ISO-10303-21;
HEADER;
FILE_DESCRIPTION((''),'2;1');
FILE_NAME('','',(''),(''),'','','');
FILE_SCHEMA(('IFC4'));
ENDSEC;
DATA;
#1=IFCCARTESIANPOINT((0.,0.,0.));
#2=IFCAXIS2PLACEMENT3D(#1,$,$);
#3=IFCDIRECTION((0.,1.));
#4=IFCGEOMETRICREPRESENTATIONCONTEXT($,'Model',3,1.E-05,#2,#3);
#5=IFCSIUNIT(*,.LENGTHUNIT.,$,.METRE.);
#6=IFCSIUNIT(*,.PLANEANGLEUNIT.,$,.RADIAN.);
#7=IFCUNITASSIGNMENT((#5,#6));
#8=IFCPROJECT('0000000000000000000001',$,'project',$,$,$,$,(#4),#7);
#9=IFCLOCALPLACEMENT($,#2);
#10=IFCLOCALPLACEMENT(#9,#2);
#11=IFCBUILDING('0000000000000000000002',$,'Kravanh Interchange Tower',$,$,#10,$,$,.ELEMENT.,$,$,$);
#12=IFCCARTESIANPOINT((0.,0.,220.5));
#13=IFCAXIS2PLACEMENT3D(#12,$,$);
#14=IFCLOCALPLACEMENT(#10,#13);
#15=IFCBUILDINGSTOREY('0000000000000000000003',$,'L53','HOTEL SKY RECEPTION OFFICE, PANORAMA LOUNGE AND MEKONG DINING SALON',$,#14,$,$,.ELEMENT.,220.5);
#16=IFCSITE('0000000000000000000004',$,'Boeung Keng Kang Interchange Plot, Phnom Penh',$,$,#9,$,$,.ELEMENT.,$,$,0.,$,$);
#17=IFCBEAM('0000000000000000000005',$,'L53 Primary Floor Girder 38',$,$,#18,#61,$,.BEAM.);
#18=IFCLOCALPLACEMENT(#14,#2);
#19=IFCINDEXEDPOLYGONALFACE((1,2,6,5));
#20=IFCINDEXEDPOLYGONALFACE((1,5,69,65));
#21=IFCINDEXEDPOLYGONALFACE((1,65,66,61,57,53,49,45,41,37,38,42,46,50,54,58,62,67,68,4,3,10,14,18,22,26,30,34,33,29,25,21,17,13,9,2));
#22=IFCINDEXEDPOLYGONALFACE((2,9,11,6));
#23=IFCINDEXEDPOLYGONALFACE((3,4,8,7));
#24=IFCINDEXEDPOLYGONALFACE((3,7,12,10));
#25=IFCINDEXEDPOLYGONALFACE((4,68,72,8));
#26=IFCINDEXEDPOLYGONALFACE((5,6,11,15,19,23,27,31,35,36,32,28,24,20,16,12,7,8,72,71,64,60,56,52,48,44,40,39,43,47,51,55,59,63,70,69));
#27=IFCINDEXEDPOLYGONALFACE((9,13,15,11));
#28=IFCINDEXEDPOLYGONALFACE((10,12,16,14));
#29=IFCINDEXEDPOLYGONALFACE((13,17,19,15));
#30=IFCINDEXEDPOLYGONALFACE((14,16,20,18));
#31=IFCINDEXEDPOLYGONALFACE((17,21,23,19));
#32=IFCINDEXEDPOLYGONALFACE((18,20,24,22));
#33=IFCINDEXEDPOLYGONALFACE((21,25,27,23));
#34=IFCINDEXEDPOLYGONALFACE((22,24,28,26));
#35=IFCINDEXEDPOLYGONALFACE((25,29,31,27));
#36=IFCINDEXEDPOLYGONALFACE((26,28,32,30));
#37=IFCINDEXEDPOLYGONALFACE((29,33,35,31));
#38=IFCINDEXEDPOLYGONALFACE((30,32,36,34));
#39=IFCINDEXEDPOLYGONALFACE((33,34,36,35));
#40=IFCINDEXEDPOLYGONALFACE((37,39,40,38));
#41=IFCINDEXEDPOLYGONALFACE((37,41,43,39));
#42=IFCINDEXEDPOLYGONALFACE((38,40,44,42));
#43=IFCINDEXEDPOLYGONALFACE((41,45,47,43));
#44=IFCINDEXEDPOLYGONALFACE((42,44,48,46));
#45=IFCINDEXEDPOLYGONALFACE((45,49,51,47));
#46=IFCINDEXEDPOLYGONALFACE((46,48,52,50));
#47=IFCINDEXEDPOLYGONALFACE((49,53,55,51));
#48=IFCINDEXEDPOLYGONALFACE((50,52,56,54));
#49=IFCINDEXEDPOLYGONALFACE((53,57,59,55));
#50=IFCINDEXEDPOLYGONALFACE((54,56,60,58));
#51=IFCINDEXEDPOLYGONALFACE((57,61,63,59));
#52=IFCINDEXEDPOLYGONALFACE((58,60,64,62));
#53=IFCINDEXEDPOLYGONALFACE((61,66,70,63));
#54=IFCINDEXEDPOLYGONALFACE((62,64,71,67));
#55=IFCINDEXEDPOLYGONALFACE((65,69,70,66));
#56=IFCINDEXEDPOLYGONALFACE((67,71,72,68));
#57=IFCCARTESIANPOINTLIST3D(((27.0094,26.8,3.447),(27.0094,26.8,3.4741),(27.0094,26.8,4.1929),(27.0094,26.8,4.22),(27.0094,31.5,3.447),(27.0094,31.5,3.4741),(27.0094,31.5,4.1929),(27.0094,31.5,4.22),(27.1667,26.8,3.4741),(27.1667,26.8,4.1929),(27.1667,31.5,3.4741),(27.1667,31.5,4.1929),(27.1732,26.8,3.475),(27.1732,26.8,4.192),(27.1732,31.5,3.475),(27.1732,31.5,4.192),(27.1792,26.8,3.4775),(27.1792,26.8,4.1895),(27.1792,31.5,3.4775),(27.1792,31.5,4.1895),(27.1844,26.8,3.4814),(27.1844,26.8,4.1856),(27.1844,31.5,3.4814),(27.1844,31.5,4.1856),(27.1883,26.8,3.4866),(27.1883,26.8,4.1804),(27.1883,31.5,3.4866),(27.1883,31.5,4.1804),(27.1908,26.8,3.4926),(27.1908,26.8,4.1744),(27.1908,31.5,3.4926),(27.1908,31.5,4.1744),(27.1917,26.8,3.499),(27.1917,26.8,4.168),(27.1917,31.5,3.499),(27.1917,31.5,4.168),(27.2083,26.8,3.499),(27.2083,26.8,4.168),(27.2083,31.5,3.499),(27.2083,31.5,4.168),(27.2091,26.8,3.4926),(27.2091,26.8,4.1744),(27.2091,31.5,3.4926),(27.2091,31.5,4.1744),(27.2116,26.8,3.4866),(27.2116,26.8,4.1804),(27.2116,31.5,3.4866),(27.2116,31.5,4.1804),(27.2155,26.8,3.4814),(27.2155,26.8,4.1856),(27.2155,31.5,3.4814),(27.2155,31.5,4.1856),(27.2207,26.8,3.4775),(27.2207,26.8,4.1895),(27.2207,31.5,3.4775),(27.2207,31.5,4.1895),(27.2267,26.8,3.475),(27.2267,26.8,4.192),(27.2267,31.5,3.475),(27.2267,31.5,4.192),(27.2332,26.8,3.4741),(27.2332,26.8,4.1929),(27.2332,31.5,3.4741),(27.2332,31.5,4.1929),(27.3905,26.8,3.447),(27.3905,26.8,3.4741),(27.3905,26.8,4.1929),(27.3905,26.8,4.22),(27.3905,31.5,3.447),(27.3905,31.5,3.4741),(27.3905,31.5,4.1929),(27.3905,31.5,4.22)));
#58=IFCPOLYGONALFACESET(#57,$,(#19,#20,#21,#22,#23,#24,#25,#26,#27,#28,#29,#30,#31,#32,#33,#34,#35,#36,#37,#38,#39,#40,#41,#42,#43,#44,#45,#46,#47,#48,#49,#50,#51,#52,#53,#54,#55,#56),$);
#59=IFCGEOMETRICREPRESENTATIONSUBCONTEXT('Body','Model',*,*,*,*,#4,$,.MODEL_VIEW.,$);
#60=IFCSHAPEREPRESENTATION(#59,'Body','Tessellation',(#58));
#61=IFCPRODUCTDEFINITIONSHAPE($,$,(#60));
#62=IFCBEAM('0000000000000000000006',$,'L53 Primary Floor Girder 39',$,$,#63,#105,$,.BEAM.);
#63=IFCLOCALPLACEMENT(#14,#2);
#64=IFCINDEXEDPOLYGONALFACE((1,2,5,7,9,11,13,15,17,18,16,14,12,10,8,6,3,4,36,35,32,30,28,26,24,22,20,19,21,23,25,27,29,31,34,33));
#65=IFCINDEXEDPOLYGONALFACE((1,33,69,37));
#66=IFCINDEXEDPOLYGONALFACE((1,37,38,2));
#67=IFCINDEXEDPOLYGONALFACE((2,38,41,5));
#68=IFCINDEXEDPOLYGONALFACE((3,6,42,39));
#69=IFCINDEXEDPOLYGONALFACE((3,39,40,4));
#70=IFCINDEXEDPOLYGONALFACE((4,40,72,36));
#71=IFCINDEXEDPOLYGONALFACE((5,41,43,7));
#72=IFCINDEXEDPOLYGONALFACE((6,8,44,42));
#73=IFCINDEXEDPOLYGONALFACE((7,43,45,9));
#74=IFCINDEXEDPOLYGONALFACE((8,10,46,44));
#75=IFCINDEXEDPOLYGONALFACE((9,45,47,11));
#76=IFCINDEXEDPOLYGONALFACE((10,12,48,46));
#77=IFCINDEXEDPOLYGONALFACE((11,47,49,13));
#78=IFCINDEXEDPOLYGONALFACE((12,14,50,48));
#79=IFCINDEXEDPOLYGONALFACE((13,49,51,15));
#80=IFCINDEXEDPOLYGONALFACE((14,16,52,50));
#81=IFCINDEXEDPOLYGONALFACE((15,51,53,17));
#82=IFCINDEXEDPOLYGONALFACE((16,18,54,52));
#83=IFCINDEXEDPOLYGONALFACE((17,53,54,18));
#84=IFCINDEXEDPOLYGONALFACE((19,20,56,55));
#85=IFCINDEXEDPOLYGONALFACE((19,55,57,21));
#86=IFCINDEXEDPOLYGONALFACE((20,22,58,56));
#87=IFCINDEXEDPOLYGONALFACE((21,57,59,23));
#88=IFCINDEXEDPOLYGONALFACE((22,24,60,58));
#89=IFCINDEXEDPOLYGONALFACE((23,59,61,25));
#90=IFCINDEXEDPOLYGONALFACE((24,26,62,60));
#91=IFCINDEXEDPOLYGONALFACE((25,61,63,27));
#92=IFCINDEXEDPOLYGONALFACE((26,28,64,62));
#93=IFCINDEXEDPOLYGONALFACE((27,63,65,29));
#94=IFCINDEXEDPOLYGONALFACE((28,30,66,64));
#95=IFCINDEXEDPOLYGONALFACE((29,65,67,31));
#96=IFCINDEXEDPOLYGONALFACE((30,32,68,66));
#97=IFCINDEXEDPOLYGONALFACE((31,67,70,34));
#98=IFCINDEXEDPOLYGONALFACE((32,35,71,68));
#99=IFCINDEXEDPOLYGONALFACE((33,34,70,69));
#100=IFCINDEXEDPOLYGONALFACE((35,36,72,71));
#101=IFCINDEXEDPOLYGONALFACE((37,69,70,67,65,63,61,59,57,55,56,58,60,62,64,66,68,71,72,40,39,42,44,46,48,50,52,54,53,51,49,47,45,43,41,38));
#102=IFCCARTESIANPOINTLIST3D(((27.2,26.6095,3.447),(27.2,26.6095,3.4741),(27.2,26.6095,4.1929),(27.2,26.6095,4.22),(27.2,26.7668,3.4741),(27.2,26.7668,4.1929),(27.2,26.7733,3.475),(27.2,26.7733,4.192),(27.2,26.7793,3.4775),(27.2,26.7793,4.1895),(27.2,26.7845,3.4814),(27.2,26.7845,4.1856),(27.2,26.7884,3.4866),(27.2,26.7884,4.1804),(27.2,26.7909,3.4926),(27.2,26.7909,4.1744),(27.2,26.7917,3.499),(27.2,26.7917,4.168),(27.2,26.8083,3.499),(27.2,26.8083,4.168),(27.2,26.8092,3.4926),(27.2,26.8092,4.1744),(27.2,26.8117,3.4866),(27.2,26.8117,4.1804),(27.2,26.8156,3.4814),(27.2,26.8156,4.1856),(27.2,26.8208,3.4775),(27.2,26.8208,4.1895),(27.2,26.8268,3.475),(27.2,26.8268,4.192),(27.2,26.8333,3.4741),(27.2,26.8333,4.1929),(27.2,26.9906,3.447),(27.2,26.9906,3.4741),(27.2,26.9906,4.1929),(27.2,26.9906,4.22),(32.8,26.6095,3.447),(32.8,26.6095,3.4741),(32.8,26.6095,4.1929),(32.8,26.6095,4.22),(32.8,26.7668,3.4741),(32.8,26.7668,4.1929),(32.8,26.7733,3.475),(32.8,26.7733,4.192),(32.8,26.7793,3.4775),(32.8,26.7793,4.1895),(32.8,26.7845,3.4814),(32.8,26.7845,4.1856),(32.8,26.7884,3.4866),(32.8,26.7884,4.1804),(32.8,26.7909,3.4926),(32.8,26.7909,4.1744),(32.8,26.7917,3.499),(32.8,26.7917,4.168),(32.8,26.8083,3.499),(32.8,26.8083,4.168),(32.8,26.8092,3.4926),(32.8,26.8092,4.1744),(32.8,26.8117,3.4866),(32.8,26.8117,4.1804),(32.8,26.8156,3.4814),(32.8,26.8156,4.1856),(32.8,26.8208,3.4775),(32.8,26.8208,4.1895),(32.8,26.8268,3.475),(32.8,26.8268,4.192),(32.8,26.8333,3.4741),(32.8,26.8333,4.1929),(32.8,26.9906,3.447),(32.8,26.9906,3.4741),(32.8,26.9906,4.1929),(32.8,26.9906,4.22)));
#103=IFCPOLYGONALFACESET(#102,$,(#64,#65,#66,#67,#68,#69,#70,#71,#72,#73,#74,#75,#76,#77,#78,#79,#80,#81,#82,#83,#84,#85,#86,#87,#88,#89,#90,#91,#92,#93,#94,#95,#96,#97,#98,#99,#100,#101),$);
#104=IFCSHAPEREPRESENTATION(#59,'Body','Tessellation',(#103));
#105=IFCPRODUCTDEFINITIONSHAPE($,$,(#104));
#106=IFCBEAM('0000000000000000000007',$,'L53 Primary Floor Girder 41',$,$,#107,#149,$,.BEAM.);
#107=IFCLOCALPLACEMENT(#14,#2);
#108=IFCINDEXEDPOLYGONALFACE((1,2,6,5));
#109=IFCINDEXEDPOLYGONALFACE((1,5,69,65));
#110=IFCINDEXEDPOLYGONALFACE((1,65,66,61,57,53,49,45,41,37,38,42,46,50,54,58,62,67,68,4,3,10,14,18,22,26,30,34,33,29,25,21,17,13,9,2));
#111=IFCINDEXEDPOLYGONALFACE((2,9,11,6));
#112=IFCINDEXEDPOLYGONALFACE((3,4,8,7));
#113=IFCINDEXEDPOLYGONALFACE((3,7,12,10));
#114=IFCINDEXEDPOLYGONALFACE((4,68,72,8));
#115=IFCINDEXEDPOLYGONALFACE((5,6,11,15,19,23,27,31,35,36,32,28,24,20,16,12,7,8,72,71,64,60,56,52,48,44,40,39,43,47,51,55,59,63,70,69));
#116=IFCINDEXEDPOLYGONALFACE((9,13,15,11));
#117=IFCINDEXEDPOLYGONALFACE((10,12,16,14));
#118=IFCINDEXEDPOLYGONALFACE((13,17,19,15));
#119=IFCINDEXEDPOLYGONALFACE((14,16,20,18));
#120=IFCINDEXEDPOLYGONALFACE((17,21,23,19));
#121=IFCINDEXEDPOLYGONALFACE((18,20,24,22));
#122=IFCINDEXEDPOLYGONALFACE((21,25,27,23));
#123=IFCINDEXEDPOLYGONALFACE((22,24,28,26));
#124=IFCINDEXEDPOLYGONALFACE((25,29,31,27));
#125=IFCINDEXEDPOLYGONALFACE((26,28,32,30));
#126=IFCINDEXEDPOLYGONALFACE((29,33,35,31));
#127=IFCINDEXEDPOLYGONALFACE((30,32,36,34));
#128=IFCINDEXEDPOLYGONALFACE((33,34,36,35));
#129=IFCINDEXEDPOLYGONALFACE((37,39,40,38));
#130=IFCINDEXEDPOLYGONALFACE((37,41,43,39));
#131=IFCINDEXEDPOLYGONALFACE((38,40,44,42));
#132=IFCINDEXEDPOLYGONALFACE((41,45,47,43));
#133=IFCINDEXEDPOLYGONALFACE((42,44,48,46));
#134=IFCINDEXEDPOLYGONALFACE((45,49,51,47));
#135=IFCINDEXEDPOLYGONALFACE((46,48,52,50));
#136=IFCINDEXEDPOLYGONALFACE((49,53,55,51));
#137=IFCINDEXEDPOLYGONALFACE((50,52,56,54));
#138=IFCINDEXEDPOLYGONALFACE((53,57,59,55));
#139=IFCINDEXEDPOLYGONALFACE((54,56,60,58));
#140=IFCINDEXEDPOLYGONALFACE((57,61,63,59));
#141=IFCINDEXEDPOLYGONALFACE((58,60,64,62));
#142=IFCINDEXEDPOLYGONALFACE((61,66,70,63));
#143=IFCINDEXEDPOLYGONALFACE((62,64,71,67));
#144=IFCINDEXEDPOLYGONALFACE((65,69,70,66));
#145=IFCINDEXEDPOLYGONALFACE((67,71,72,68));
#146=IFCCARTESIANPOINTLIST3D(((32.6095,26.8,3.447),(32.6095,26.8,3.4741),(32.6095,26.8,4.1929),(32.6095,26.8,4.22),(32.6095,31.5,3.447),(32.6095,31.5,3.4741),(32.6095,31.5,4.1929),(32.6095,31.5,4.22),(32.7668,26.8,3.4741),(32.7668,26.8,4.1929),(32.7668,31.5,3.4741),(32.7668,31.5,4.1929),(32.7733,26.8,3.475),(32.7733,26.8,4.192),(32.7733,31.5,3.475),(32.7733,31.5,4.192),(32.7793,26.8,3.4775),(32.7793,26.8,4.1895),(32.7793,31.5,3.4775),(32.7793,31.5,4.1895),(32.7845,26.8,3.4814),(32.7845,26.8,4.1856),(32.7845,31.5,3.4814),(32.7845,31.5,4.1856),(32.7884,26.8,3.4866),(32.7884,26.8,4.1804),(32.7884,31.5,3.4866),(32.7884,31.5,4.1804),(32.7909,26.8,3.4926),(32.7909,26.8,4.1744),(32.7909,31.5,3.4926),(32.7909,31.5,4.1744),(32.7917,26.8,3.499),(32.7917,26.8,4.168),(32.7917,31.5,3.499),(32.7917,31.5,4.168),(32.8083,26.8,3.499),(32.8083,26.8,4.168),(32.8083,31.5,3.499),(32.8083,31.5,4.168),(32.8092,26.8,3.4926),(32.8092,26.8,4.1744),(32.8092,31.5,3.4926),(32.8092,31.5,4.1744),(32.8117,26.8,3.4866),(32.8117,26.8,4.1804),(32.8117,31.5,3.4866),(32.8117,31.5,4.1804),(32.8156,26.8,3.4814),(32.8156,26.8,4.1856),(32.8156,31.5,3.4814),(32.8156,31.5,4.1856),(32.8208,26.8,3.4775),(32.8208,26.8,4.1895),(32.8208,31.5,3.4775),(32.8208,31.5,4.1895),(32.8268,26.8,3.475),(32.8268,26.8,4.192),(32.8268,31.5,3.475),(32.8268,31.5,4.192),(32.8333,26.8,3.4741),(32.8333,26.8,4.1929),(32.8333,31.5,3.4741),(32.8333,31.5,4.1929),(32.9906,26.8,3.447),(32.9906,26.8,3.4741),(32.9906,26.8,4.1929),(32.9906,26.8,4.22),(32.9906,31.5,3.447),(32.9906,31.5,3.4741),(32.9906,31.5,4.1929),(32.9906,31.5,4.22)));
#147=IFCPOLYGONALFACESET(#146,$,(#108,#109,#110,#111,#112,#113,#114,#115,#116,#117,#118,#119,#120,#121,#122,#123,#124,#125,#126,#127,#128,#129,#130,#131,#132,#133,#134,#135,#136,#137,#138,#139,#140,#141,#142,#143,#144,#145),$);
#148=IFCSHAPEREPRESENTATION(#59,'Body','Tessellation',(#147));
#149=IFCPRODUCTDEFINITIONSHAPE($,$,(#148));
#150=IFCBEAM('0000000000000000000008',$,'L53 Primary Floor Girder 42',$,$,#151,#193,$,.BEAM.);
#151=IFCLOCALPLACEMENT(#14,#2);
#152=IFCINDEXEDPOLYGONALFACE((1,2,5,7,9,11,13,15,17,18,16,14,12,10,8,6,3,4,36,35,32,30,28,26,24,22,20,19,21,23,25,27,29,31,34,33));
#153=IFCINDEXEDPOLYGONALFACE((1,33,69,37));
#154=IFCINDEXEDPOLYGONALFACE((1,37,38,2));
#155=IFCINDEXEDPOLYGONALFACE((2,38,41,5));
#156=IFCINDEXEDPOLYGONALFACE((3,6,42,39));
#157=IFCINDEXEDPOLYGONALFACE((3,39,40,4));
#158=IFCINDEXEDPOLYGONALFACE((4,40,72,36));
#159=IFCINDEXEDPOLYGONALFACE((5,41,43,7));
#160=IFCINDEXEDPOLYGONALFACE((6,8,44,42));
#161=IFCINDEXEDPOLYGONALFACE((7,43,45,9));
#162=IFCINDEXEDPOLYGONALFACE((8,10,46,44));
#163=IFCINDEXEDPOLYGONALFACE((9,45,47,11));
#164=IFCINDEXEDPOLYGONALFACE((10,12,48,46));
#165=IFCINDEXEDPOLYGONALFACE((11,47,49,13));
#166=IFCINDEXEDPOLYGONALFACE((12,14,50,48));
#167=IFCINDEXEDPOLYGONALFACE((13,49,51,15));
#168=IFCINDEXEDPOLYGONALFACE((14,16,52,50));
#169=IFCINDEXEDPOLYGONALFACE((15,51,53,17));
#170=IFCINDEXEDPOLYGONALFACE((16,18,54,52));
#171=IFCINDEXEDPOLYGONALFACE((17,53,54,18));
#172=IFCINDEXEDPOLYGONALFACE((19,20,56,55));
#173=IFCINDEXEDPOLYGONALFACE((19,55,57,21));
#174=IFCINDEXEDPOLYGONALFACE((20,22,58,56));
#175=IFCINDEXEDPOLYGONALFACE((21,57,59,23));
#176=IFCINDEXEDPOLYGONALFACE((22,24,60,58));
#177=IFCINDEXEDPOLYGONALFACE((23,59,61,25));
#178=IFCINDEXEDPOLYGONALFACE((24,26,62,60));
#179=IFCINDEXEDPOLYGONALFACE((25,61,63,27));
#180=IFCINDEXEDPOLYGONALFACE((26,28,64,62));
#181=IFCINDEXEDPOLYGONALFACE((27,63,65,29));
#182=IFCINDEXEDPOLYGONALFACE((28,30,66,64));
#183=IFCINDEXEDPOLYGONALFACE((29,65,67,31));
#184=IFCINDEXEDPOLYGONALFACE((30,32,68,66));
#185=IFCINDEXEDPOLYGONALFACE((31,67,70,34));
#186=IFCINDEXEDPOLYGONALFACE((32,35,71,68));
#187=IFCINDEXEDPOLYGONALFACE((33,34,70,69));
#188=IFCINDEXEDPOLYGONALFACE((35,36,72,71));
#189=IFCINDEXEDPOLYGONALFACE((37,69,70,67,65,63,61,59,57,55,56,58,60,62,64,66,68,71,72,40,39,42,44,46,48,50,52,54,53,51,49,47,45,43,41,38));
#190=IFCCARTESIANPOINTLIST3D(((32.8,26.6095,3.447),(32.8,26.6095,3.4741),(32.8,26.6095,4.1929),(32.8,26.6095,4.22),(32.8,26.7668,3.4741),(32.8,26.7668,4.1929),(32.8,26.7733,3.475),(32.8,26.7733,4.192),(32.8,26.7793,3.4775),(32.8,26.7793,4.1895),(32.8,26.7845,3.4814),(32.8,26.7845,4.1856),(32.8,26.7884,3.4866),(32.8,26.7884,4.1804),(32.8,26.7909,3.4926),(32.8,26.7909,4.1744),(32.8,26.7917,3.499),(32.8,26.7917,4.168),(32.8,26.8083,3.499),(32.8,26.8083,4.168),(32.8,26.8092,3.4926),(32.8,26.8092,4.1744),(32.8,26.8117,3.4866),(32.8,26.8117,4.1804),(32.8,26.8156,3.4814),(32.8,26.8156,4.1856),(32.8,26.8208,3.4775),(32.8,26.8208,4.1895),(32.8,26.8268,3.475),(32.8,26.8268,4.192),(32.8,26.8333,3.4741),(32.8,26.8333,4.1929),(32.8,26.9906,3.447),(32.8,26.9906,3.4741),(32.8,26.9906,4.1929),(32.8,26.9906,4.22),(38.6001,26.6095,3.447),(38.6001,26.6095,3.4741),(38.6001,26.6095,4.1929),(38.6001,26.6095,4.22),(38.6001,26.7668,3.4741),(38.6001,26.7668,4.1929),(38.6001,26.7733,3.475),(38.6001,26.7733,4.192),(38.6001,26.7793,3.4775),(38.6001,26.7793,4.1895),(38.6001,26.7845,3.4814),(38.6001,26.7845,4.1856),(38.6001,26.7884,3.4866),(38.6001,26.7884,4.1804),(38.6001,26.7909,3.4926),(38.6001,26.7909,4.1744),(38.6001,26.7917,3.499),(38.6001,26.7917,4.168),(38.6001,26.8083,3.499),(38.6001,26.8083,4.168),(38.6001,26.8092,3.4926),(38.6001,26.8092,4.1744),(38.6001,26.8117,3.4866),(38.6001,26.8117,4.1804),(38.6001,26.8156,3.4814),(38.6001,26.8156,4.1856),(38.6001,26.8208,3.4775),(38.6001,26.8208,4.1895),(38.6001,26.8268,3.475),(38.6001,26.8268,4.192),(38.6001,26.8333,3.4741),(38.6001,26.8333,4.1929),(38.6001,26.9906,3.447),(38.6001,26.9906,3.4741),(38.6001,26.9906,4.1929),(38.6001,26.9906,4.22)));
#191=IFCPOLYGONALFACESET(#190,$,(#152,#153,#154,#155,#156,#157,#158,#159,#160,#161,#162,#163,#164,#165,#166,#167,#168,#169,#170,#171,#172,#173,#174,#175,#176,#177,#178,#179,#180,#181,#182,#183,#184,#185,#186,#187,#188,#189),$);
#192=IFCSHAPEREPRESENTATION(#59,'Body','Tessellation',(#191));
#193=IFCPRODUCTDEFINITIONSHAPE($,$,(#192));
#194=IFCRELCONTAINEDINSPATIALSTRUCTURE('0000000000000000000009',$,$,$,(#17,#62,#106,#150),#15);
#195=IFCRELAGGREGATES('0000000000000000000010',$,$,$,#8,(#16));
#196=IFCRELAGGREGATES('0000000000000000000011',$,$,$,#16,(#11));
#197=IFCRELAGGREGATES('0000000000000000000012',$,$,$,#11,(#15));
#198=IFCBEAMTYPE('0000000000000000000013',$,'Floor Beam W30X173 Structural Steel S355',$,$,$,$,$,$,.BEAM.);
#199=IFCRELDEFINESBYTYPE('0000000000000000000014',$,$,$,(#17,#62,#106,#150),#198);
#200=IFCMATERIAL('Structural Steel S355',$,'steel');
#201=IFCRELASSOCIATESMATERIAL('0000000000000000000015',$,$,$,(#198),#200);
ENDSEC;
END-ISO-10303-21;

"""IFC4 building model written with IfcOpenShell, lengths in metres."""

from ifc_helpers import new_model, si_unit, direction, frame, origin, origin_2d, place, context, subcontext, project, spatial, i_section, extrude, material, material_profile, profile_set, type_object, element, save


model = new_model("IFC4")

# Units and contexts
model_context = context("Model", 3, precision=1e-05, world=origin(), true_north=direction((0.0, 1.0)))
body_context = subcontext(model_context, "Body", "Model", "MODEL_VIEW")
ifc_project = project(units=[si_unit("LENGTHUNIT", "METRE"), si_unit("PLANEANGLEUNIT", "RADIAN")], contexts=[model_context])

# Site, building, storey
site_placement = place(None, origin())
site = spatial("IfcSite", under=ifc_project, at=site_placement, Name="Boeung Keng Kang Interchange Plot, Phnom Penh", CompositionType="ELEMENT", RefElevation=0.0)
building_placement = place(site_placement, origin())
building = spatial("IfcBuilding", under=site, at=building_placement, Name="Kravanh Interchange Tower", CompositionType="ELEMENT")
storey_placement = place(building_placement, frame((0.0, 0.0, 220.5)))
storey = spatial("IfcBuildingStorey", under=building, at=storey_placement, Name="L53", Description="HOTEL SKY RECEPTION OFFICE, PANORAMA LOUNGE AND MEKONG DINING SALON", CompositionType="ELEMENT", Elevation=220.5)

# Beams
ifc_material_1 = material(Name="Structural Steel S355", Category="steel")
ifc_material_profile_1 = material_profile(ifc_material_1, i_section(OverallWidth=0.3811, OverallDepth=0.7729, WebThickness=0.0166, FlangeThickness=0.0271, FilletRadius=0.0249, at=origin_2d()), Name="W30X173")
ifc_profile_set_1 = profile_set([ifc_material_profile_1], Name="Structural Steel S355")
beam_type_1 = type_object("IfcBeamType", Name="Floor Beam W30X173 Structural Steel S355", PredefinedType="BEAM", material=ifc_profile_set_1)
beam_1_placement = place(storey_placement, frame((27.2, 26.8, 3.8335), z_axis=(0.0, 1.0, 0.0), x_axis=(-1.0, 0.0, 0.0)))
element("IfcBeam", 1, at=beam_1_placement, inside=storey, type_object=beam_type_1, Name="L53 Primary Floor Girder 38", PredefinedType="BEAM", context=body_context, shape_type="SweptSolid", body=[
    extrude(i_section(OverallWidth=0.3811, OverallDepth=0.7729, WebThickness=0.0166, FlangeThickness=0.0271, FilletRadius=0.0249, at=origin_2d()), origin(), (0.0, 0.0, 1.0), 4.7),
])
beam_2_placement = place(storey_placement, frame((27.2, 26.8, 3.8335), z_axis=(1.0, 0.0, 0.0), x_axis=(0.0, 1.0, 0.0)))
element("IfcBeam", 2, at=beam_2_placement, inside=storey, type_object=beam_type_1, Name="L53 Primary Floor Girder 39", PredefinedType="BEAM", context=body_context, shape_type="SweptSolid", body=[
    extrude(i_section(OverallWidth=0.3811, OverallDepth=0.7729, WebThickness=0.0166, FlangeThickness=0.0271, FilletRadius=0.0249, at=origin_2d()), origin(), (0.0, 0.0, 1.0), 5.6001),
])
beam_3_placement = place(storey_placement, frame((32.8, 26.8, 3.8335), z_axis=(0.0, 1.0, 0.0), x_axis=(-1.0, 0.0, 0.0)))
element("IfcBeam", 3, at=beam_3_placement, inside=storey, type_object=beam_type_1, Name="L53 Primary Floor Girder 41", PredefinedType="BEAM", context=body_context, shape_type="SweptSolid", body=[
    extrude(i_section(OverallWidth=0.3811, OverallDepth=0.7729, WebThickness=0.0166, FlangeThickness=0.0271, FilletRadius=0.0249, at=origin_2d()), origin(), (0.0, 0.0, 1.0), 4.7),
])
beam_4_placement = place(storey_placement, frame((32.8, 26.8, 3.8335), z_axis=(1.0, 0.0, 0.0), x_axis=(0.0, 1.0, 0.0)))
element("IfcBeam", 4, at=beam_4_placement, inside=storey, type_object=beam_type_1, Name="L53 Primary Floor Girder 42", PredefinedType="BEAM", context=body_context, shape_type="SweptSolid", body=[
    extrude(i_section(OverallWidth=0.3811, OverallDepth=0.7729, WebThickness=0.0166, FlangeThickness=0.0271, FilletRadius=0.0249, at=origin_2d()), origin(), (0.0, 0.0, 1.0), 5.8),
])

save(model, "model.ifc")
